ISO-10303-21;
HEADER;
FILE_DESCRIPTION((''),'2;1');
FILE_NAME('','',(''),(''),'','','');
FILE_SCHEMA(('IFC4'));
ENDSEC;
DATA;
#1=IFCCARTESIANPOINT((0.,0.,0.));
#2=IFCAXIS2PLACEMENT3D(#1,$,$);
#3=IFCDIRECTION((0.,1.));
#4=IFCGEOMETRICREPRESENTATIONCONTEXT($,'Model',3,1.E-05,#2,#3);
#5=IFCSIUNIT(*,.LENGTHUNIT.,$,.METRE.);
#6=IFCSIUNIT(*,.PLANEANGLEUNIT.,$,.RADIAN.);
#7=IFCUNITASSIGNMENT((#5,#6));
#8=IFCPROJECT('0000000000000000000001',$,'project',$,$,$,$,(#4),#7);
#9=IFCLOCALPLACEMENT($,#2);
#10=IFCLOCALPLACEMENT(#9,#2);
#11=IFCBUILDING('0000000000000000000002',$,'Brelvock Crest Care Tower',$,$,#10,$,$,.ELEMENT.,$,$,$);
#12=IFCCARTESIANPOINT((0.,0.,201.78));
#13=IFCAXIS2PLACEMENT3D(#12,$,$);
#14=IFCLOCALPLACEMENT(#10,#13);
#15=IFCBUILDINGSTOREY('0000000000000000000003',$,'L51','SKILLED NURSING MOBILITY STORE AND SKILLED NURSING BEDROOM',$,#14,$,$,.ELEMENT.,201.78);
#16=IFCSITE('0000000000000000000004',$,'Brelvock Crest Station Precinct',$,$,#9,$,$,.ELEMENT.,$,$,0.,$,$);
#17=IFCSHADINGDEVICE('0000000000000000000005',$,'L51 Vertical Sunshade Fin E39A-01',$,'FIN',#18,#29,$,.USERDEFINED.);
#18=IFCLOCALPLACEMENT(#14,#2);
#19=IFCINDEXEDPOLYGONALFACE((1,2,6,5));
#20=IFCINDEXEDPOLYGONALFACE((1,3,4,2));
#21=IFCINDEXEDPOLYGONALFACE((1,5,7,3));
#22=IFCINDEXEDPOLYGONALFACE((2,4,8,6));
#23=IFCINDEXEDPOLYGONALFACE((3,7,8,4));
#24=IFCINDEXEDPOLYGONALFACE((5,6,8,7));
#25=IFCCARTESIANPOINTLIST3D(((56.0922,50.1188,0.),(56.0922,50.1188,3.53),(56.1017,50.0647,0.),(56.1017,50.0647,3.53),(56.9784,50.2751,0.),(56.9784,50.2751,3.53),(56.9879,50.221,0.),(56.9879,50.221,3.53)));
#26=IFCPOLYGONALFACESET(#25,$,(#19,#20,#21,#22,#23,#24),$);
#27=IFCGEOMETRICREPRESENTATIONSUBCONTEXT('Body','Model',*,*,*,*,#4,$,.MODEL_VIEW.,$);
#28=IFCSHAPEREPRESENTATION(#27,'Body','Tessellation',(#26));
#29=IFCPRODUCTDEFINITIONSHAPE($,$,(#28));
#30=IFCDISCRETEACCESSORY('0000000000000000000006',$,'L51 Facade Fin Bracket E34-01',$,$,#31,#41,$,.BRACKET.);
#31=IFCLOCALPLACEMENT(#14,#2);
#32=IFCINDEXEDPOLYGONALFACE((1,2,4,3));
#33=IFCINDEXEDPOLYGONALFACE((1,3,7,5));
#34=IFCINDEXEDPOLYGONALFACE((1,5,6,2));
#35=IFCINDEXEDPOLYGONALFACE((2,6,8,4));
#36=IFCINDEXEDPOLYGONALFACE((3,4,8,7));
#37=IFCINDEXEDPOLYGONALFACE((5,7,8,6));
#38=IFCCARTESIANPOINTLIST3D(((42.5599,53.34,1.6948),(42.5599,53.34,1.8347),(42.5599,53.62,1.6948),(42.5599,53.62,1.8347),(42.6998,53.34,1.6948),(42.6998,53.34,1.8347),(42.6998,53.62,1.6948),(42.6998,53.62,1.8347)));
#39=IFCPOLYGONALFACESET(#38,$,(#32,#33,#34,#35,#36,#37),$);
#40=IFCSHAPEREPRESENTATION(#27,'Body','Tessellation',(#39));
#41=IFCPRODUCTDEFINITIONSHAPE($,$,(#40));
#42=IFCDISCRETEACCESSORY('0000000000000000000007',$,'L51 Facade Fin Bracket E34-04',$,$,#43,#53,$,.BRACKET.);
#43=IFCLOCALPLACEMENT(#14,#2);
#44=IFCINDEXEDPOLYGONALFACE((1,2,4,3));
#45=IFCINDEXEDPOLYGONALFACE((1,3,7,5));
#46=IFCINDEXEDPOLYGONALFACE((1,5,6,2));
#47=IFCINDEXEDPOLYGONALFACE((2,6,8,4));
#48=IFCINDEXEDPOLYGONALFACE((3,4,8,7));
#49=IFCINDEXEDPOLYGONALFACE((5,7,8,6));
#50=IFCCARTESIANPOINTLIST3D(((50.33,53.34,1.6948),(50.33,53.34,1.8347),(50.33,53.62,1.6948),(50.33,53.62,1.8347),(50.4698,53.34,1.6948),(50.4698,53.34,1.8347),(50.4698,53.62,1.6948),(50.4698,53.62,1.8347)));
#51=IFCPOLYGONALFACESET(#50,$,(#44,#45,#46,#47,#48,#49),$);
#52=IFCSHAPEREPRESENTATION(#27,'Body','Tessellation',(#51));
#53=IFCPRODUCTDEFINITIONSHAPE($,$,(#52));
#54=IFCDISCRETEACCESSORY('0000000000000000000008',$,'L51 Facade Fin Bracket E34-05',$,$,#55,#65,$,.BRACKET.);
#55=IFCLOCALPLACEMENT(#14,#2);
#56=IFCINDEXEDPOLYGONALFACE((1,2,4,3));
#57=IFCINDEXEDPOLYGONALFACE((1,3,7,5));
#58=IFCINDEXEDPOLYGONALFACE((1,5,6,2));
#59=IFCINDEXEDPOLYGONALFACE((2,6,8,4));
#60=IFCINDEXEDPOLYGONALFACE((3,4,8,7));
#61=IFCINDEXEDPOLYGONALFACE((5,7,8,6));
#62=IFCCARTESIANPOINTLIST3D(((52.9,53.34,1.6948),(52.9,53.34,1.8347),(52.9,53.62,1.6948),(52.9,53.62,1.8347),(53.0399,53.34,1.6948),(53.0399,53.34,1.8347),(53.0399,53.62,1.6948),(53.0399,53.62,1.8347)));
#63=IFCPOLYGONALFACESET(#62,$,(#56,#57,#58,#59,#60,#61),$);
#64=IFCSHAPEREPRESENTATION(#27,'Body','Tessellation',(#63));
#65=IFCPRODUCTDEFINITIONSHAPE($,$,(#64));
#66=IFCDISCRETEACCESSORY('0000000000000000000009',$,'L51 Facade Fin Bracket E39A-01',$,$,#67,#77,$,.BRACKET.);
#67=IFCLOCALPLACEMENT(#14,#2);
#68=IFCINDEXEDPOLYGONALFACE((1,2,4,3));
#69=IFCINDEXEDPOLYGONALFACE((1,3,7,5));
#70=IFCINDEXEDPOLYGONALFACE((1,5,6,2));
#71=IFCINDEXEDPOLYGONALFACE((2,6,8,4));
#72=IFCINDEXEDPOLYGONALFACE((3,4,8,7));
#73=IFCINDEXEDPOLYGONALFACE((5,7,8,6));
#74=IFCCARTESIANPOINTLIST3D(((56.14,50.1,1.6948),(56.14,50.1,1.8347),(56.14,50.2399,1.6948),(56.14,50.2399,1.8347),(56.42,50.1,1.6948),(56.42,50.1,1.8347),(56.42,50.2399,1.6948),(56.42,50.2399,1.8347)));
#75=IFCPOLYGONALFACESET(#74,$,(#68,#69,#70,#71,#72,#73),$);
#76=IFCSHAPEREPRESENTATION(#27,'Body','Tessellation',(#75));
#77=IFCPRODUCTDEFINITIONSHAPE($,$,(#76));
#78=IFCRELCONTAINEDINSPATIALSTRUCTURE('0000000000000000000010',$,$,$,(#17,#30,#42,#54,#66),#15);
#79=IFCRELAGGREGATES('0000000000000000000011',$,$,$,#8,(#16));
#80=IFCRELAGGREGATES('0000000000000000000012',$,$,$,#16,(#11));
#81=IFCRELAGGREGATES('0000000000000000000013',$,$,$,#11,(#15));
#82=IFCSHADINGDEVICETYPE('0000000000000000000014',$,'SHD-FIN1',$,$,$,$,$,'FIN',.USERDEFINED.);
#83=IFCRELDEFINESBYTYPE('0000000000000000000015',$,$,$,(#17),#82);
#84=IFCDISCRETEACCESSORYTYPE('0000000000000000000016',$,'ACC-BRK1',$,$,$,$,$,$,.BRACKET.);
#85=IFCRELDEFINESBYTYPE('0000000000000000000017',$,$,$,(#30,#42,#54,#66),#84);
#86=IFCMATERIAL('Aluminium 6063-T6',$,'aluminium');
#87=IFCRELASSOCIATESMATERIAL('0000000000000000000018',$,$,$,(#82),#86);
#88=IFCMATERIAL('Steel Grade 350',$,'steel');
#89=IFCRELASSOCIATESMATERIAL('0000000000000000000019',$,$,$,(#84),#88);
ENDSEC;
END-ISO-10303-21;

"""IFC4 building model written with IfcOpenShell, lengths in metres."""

from ifc_helpers import new_model, si_unit, direction, frame, origin, origin_2d, place, context, subcontext, project, spatial, rectangle, extrude, source, transform, mapped, material, material_profile, profile_set, type_object, element, save


model = new_model("IFC4")

# Units and contexts
model_context = context("Model", 3, precision=1e-05, world=origin(), true_north=direction((0.0, 1.0)))
body_context = subcontext(model_context, "Body", "Model", "MODEL_VIEW")
ifc_project = project(units=[si_unit("LENGTHUNIT", "METRE"), si_unit("PLANEANGLEUNIT", "RADIAN")], contexts=[model_context])

# Site, building, storey
site_placement = place(None, origin())
site = spatial("IfcSite", under=ifc_project, at=site_placement, Name="Brelvock Crest Station Precinct", CompositionType="ELEMENT", RefElevation=0.0)
building_placement = place(site_placement, origin())
building = spatial("IfcBuilding", under=site, at=building_placement, Name="Brelvock Crest Care Tower", CompositionType="ELEMENT")
storey_placement = place(building_placement, frame((0.0, 0.0, 201.78)))
storey = spatial("IfcBuildingStorey", under=building, at=storey_placement, Name="L51", Description="SKILLED NURSING MOBILITY STORE AND SKILLED NURSING BEDROOM", CompositionType="ELEMENT", Elevation=201.78)

# Shared definitions
ifc_material_1 = material(Name="Aluminium 6063-T6", Category="aluminium")

# Shading device
ifc_material_profile_1 = material_profile(ifc_material_1, rectangle(XDim=0.0549, YDim=0.8999, at=origin_2d()), Name="FIN55x900")
ifc_profile_set_1 = profile_set([ifc_material_profile_1], Name="Aluminium 6063-T6")
shading_device_type = type_object("IfcShadingDeviceType", Name="SHD-FIN1", ElementType="FIN", PredefinedType="USERDEFINED", material=ifc_profile_set_1)
shared_shape_1 = source(origin(), body_context, "Body", "SweptSolid", [
    extrude(rectangle(XDim=0.0549, YDim=0.8999, at=origin_2d()), origin(), (0.0, 0.0, 1.0), 3.53),
])
for number, where, z_axis, x_axis, name in (
    (1, (56.54, 50.1699, 0.0), (0.0, 0.0, 1.0), (0.173648, -0.984808, 0.0), "L51 Vertical Sunshade Fin E39A-01"),
):
    element("IfcShadingDevice", number, at=place(storey_placement, frame(where, z_axis=z_axis, x_axis=x_axis)), inside=storey, type_object=shading_device_type, Name=name, ObjectType="FIN", PredefinedType="USERDEFINED", context=body_context, shape_type="MappedRepresentation", body=[
        mapped(shared_shape_1, transform((0.0, 0.0, 0.0), x_axis=(1.0, 0.0, 0.0), y_axis=(0.0, 1.0, 0.0), z_axis=(0.0, 0.0, 1.0), scale=1.0)),
    ])

# Discrete accessories
ifc_material_2 = material(Name="Steel Grade 350", Category="steel")
discrete_accessory_type = type_object("IfcDiscreteAccessoryType", Name="ACC-BRK1", PredefinedType="BRACKET", material=ifc_material_2)
shared_shape_2 = source(origin(), body_context, "Body", "SweptSolid", [
    extrude(rectangle(XDim=0.28, YDim=0.1399, at=origin_2d()), origin(), (0.0, 0.0, 1.0), 0.1399),
])
for number, where, z_axis, x_axis, name in (
    (2, (42.6299, 53.48, 1.6948), (0.0, 0.0, 1.0), (0.0, 1.0, 0.0), "L51 Facade Fin Bracket E34-01"),
    (3, (50.3999, 53.48, 1.6948), (0.0, 0.0, 1.0), (0.0, 1.0, 0.0), "L51 Facade Fin Bracket E34-04"),
    (4, (52.97, 53.48, 1.6948), (0.0, 0.0, 1.0), (0.0, 1.0, 0.0), "L51 Facade Fin Bracket E34-05"),
    (5, (56.28, 50.1699, 1.6948), (0.0, 0.0, 1.0), (1.0, 0.0, 0.0), "L51 Facade Fin Bracket E39A-01"),
):
    element("IfcDiscreteAccessory", number, at=place(storey_placement, frame(where, z_axis=z_axis, x_axis=x_axis)), inside=storey, type_object=discrete_accessory_type, Name=name, PredefinedType="BRACKET", context=body_context, shape_type="MappedRepresentation", body=[
        mapped(shared_shape_2, transform((0.0, 0.0, 0.0), x_axis=(1.0, 0.0, 0.0), y_axis=(0.0, 1.0, 0.0), z_axis=(0.0, 0.0, 1.0), scale=1.0)),
    ])

save(model, "model.ifc")
